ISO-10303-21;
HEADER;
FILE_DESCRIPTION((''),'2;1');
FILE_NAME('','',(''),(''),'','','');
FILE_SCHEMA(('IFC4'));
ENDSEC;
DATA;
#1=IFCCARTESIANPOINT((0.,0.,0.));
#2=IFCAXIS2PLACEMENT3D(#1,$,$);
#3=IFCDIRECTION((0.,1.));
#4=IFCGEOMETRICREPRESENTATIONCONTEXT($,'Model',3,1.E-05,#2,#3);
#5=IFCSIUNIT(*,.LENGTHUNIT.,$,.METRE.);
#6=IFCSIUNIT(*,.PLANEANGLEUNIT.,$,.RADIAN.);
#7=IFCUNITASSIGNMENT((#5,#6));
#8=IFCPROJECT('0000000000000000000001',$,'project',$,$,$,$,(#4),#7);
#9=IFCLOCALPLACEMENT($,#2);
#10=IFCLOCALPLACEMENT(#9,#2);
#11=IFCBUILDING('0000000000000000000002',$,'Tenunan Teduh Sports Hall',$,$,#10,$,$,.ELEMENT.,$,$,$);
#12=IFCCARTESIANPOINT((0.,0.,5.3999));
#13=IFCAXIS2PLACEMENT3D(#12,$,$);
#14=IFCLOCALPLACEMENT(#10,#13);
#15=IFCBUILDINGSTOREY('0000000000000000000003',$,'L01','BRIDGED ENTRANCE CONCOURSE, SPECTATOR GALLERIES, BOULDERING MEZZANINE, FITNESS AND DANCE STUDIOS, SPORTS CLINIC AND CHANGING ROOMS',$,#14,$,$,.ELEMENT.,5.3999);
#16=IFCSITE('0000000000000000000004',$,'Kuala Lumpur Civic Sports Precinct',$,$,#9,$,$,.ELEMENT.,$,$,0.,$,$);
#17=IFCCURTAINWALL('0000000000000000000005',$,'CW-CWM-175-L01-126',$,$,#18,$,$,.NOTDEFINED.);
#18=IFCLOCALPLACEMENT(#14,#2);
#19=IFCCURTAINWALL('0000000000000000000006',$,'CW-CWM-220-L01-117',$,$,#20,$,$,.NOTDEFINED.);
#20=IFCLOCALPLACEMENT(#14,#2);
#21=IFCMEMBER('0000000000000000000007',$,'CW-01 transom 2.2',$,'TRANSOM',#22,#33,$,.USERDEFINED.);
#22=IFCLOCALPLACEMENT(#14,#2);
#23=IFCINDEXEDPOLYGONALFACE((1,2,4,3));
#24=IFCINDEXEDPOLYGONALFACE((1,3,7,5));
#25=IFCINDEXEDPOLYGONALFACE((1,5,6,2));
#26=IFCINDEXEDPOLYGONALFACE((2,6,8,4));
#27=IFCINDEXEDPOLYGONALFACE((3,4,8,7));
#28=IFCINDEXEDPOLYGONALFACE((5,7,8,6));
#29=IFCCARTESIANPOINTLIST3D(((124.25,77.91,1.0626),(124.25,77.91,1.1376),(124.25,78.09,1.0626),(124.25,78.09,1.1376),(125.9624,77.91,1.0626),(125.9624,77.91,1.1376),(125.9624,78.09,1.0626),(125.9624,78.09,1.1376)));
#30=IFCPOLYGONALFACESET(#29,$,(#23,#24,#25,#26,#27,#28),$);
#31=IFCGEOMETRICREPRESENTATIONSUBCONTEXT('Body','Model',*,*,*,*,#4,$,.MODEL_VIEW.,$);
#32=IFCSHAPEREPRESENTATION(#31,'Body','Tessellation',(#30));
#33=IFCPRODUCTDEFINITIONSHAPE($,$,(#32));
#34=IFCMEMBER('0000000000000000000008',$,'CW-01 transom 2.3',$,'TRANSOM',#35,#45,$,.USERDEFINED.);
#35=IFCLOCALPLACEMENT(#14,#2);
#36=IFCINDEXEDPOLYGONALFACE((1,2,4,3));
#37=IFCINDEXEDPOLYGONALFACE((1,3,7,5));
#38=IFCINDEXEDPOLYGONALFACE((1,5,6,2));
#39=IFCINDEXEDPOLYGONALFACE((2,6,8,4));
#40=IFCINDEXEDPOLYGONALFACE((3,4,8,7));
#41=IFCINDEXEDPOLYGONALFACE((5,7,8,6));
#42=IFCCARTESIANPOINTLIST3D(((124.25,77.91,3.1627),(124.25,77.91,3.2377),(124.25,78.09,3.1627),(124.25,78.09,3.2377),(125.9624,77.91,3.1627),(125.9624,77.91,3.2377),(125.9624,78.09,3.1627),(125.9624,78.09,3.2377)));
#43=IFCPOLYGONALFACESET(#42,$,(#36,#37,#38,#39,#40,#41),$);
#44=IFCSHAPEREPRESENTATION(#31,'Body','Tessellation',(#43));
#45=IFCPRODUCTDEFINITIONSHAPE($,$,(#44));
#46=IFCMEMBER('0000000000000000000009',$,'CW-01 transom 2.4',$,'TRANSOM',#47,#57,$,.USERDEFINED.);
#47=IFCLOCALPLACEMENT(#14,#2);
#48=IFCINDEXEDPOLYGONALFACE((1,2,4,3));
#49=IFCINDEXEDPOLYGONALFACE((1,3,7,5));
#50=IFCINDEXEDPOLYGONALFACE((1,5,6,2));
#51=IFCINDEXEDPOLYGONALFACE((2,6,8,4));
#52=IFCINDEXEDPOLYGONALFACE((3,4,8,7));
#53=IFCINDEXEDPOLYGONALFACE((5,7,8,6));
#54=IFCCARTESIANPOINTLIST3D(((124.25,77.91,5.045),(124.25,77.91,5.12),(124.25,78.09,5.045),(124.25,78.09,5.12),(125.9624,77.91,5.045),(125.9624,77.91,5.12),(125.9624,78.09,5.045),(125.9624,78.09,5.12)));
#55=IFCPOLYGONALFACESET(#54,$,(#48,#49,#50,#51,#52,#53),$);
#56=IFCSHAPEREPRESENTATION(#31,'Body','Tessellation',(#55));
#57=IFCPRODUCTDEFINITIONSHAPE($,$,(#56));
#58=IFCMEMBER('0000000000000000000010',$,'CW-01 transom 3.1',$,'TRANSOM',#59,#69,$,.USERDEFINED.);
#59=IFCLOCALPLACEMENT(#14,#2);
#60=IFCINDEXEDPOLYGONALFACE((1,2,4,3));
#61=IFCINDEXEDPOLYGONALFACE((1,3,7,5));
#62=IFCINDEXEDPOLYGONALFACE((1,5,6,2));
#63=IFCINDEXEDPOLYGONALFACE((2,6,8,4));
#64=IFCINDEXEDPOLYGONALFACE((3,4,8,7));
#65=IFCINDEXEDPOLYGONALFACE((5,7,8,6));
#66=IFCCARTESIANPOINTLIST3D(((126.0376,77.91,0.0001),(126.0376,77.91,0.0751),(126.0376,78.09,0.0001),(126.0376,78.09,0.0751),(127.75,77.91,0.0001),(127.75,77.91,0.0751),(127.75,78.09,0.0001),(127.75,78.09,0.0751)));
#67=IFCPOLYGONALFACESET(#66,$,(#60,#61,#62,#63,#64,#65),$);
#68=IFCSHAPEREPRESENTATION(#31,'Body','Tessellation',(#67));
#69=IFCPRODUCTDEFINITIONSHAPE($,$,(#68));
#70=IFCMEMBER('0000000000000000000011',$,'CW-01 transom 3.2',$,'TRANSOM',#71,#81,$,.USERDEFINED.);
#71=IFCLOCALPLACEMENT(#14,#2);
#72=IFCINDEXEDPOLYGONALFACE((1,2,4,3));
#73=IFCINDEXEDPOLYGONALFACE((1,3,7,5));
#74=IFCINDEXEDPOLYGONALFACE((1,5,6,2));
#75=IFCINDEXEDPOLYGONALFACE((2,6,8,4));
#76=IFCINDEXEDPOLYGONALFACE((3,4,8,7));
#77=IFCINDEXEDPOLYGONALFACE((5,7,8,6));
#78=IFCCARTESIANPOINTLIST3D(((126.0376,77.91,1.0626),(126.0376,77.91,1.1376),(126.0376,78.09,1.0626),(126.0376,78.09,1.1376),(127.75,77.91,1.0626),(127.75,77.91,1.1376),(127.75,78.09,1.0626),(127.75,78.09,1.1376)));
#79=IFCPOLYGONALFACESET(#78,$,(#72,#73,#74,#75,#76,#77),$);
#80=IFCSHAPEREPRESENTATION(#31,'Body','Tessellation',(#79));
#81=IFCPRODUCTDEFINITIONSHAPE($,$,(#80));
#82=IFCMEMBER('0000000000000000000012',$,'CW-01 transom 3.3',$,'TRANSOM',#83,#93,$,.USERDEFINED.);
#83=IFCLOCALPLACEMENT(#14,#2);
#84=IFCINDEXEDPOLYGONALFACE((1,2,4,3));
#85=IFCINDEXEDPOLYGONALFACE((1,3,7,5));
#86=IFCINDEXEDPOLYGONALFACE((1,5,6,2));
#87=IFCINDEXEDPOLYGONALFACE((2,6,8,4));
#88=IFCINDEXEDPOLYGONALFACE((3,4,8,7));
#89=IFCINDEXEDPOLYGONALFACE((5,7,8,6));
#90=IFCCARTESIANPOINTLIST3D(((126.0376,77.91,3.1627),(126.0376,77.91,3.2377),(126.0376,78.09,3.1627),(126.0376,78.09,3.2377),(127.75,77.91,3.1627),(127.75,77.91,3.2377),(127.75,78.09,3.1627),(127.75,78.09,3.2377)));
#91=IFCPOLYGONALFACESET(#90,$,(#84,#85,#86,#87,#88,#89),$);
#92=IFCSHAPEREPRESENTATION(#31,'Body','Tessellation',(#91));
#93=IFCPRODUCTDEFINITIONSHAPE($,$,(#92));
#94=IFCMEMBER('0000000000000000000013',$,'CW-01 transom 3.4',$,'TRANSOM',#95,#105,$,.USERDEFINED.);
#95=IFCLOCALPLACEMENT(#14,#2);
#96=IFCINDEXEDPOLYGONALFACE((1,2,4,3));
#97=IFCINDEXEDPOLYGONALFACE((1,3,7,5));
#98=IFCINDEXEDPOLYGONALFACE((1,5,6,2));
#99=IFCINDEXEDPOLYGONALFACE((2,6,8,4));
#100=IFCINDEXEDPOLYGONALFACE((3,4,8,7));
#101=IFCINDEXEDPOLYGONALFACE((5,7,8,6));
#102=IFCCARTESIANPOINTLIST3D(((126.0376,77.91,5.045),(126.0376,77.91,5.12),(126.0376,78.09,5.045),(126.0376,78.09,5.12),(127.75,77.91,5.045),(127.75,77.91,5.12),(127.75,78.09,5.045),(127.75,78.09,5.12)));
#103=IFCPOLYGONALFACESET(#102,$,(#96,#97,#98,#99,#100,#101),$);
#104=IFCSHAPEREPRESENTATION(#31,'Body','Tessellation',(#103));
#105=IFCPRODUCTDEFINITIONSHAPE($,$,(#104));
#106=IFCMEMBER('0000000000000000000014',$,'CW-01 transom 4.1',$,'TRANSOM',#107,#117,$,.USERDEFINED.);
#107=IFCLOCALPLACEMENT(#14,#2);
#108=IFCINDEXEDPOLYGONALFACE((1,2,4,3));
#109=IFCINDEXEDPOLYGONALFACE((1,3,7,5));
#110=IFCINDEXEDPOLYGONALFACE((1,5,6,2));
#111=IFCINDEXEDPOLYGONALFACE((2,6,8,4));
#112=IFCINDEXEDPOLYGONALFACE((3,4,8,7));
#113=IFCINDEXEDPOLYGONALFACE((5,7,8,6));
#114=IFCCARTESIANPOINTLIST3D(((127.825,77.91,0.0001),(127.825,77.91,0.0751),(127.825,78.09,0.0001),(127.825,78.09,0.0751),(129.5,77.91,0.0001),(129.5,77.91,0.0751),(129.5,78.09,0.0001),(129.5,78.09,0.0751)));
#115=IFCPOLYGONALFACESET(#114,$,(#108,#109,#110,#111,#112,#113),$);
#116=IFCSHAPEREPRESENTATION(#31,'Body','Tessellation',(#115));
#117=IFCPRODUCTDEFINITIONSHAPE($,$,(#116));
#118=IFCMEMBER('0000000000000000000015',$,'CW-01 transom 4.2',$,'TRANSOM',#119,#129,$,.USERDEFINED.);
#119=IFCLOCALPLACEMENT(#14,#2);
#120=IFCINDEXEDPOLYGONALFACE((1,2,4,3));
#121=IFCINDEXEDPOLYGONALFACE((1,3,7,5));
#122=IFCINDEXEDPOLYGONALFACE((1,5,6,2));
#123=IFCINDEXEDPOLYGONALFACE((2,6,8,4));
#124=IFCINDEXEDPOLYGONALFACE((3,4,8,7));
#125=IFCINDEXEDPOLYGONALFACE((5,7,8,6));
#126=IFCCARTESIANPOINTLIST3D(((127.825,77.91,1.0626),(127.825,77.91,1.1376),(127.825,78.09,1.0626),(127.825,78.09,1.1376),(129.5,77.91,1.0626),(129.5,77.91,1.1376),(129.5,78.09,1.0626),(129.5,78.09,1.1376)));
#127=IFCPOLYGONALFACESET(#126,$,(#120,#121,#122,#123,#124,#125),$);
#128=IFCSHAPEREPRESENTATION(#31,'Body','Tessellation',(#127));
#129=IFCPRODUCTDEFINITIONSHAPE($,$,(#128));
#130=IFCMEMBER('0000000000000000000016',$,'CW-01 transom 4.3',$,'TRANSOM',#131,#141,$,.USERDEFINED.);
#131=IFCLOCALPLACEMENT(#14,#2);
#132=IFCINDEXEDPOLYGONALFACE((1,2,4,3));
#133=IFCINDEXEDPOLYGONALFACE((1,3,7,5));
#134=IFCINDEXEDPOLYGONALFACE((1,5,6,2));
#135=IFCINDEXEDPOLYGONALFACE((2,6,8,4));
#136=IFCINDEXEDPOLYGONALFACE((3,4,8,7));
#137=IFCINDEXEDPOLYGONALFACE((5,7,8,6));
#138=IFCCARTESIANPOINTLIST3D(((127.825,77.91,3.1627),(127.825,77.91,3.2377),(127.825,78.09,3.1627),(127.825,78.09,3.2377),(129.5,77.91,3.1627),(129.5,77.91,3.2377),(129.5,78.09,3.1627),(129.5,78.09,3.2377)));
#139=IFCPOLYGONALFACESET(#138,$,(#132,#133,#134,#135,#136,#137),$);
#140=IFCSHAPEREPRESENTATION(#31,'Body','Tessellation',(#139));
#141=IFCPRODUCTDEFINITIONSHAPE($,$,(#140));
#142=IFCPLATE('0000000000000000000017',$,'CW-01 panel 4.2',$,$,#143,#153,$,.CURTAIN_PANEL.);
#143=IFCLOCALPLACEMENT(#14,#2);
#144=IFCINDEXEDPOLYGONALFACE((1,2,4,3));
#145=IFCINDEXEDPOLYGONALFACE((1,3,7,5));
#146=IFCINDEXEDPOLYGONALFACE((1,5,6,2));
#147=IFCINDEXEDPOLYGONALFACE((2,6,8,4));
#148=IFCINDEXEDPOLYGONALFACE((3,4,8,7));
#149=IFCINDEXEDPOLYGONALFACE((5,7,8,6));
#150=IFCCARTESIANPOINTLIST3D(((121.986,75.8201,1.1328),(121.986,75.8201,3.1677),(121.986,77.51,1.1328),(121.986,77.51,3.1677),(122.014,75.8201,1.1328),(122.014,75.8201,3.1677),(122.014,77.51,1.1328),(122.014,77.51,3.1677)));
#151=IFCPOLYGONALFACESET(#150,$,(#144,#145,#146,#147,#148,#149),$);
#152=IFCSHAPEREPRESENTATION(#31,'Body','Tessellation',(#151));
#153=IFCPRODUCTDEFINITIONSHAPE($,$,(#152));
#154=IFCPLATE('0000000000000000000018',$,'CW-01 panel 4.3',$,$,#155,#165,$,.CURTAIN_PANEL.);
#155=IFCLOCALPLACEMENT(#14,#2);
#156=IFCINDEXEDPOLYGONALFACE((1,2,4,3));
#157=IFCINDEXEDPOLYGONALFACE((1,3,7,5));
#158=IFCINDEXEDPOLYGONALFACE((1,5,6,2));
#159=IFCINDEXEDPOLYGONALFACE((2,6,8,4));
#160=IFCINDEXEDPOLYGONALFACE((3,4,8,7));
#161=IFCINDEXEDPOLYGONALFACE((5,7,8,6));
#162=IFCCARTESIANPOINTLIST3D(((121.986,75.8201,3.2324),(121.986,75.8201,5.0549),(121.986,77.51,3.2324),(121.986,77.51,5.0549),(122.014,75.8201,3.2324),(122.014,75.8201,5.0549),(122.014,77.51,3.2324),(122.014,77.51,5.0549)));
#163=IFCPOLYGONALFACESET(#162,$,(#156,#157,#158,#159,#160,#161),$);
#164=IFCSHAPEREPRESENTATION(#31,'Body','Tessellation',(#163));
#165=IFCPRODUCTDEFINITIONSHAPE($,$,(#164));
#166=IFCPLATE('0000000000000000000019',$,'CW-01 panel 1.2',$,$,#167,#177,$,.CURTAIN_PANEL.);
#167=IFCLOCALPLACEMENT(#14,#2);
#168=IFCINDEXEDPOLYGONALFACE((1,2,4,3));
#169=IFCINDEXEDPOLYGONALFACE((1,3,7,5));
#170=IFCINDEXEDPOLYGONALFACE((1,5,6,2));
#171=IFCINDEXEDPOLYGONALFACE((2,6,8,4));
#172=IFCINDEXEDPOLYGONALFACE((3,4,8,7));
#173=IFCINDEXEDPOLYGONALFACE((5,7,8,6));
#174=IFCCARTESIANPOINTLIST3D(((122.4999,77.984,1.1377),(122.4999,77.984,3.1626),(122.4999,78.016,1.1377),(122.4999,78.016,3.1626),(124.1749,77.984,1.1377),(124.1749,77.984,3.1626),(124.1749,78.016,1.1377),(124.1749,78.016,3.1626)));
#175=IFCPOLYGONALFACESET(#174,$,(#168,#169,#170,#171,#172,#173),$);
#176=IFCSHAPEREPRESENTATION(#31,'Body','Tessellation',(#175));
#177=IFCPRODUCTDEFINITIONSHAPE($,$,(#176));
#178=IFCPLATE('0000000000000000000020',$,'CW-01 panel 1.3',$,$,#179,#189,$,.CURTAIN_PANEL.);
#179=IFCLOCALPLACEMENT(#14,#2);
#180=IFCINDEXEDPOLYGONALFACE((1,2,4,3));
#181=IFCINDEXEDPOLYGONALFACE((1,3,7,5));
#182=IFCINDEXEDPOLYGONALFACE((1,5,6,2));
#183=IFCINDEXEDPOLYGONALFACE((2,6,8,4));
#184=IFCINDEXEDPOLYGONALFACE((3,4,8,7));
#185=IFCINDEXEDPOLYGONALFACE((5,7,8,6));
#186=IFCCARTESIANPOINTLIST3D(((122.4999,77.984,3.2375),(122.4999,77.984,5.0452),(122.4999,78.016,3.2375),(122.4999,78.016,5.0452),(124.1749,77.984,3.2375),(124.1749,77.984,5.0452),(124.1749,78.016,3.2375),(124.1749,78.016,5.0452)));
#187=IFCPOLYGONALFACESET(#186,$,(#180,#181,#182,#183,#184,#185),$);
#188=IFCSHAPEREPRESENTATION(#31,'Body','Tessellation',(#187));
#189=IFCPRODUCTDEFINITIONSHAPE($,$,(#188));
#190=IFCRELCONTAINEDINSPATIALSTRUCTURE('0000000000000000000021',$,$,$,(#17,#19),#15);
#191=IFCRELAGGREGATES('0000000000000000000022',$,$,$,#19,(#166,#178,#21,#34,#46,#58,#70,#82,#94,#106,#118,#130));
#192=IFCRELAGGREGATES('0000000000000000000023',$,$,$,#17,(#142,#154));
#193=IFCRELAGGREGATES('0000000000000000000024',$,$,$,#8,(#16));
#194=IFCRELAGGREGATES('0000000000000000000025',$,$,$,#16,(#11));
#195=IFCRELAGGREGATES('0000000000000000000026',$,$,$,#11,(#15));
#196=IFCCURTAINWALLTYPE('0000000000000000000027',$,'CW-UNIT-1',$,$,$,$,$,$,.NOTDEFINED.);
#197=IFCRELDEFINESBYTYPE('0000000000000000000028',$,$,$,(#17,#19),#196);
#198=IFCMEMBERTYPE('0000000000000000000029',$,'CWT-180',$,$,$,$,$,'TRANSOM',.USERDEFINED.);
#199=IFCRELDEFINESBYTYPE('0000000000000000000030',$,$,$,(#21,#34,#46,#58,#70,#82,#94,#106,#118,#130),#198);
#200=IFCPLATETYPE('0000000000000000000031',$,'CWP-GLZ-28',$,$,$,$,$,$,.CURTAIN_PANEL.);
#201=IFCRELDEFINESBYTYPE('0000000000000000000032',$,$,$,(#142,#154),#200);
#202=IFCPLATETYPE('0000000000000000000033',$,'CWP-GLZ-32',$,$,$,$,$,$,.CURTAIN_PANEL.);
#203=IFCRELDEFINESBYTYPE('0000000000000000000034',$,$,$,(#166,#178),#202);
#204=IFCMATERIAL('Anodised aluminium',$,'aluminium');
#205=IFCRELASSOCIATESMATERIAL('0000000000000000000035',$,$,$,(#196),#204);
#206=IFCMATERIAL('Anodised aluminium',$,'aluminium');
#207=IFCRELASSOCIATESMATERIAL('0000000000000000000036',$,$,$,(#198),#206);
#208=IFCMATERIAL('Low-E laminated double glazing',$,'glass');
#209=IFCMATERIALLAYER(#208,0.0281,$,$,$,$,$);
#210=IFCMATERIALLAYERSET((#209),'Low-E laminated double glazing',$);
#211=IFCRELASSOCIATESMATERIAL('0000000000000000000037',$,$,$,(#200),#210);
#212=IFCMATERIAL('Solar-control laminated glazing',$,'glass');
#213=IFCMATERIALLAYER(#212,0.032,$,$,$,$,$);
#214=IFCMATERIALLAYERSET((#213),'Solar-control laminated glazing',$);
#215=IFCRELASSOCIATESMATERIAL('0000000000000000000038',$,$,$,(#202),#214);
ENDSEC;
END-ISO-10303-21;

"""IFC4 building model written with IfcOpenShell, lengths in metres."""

from ifc_helpers import new_model, si_unit, direction, frame, origin, origin_2d, place, context, subcontext, project, spatial, rectangle, extrude, material, layer, layer_set, material_profile, profile_set, type_object, element, aggregate, save


model = new_model("IFC4")

# Units and contexts
model_context = context("Model", 3, precision=1e-05, world=origin(), true_north=direction((0.0, 1.0)))
body_context = subcontext(model_context, "Body", "Model", "MODEL_VIEW")
ifc_project = project(units=[si_unit("LENGTHUNIT", "METRE"), si_unit("PLANEANGLEUNIT", "RADIAN")], contexts=[model_context])

# Site, building, storey
site_placement = place(None, origin())
site = spatial("IfcSite", under=ifc_project, at=site_placement, Name="Kuala Lumpur Civic Sports Precinct", CompositionType="ELEMENT", RefElevation=0.0)
building_placement = place(site_placement, origin())
building = spatial("IfcBuilding", under=site, at=building_placement, Name="Tenunan Teduh Sports Hall", CompositionType="ELEMENT")
storey_placement = place(building_placement, frame((0.0, 0.0, 5.3999)))
storey = spatial("IfcBuildingStorey", under=building, at=storey_placement, Name="L01", Description="BRIDGED ENTRANCE CONCOURSE, SPECTATOR GALLERIES, BOULDERING MEZZANINE, FITNESS AND DANCE STUDIOS, SPORTS CLINIC AND CHANGING ROOMS", CompositionType="ELEMENT", Elevation=5.3999)

# Curtain wall
ifc_material_1 = material(Name="Anodised aluminium", Category="aluminium")
curtain_wall_type = type_object("IfcCurtainWallType", Name="CW-UNIT-1", PredefinedType="NOTDEFINED", material=ifc_material_1)
curtain_wall_1_placement = place(storey_placement, origin())
curtain_wall_1 = element("IfcCurtainWall", 1, at=curtain_wall_1_placement, inside=storey, type_object=curtain_wall_type, Name="CW-CWM-175-L01-126", PredefinedType="NOTDEFINED")

# Curtain wall
curtain_wall_2_placement = place(storey_placement, origin())
curtain_wall_2 = element("IfcCurtainWall", 2, at=curtain_wall_2_placement, inside=storey, type_object=curtain_wall_type, Name="CW-CWM-220-L01-117", PredefinedType="NOTDEFINED")

# Members
ifc_material_2 = material(Name="Anodised aluminium", Category="aluminium")
ifc_material_profile_1 = material_profile(ifc_material_2, rectangle(XDim=0.075, YDim=0.1799, at=origin_2d()), Name="CWT 75x180")
ifc_profile_set_1 = profile_set([ifc_material_profile_1], Name="Anodised aluminium")
member_type_1 = type_object("IfcMemberType", Name="CWT-180", ElementType="TRANSOM", PredefinedType="USERDEFINED", material=ifc_profile_set_1)
member_1_placement = place(storey_placement, frame((124.25, 78.0, 1.1001), z_axis=(1.0, 0.0, 0.0), x_axis=(0.0, 0.0, 1.0)))
member_1 = element("IfcMember", 3, at=member_1_placement, type_object=member_type_1, Name="CW-01 transom 2.2", ObjectType="TRANSOM", PredefinedType="USERDEFINED", context=body_context, shape_type="SweptSolid", body=[
    extrude(rectangle(XDim=0.075, YDim=0.1799, at=origin_2d()), origin(), (0.0, 0.0, 1.0), 1.7124),
])
member_2_placement = place(storey_placement, frame((124.25, 78.0, 3.2002), z_axis=(1.0, 0.0, 0.0), x_axis=(0.0, 0.0, 1.0)))
member_2 = element("IfcMember", 4, at=member_2_placement, type_object=member_type_1, Name="CW-01 transom 2.3", ObjectType="TRANSOM", PredefinedType="USERDEFINED", context=body_context, shape_type="SweptSolid", body=[
    extrude(rectangle(XDim=0.075, YDim=0.1799, at=origin_2d()), origin(), (0.0, 0.0, 1.0), 1.7124),
])
member_3_placement = place(storey_placement, frame((124.25, 78.0, 5.0825), z_axis=(1.0, 0.0, 0.0), x_axis=(0.0, 0.0, 1.0)))
member_3 = element("IfcMember", 5, at=member_3_placement, type_object=member_type_1, Name="CW-01 transom 2.4", ObjectType="TRANSOM", PredefinedType="USERDEFINED", context=body_context, shape_type="SweptSolid", body=[
    extrude(rectangle(XDim=0.075, YDim=0.1799, at=origin_2d()), origin(), (0.0, 0.0, 1.0), 1.7124),
])
member_4_placement = place(storey_placement, frame((126.0376, 78.0, 0.0376), z_axis=(1.0, 0.0, 0.0), x_axis=(0.0, 0.0, 1.0)))
member_4 = element("IfcMember", 6, at=member_4_placement, type_object=member_type_1, Name="CW-01 transom 3.1", ObjectType="TRANSOM", PredefinedType="USERDEFINED", context=body_context, shape_type="SweptSolid", body=[
    extrude(rectangle(XDim=0.075, YDim=0.1799, at=origin_2d()), origin(), (0.0, 0.0, 1.0), 1.7124),
])
member_5_placement = place(storey_placement, frame((126.0376, 78.0, 1.1001), z_axis=(1.0, 0.0, 0.0), x_axis=(0.0, 0.0, 1.0)))
member_5 = element("IfcMember", 7, at=member_5_placement, type_object=member_type_1, Name="CW-01 transom 3.2", ObjectType="TRANSOM", PredefinedType="USERDEFINED", context=body_context, shape_type="SweptSolid", body=[
    extrude(rectangle(XDim=0.075, YDim=0.1799, at=origin_2d()), origin(), (0.0, 0.0, 1.0), 1.7124),
])
member_6_placement = place(storey_placement, frame((126.0376, 78.0, 3.2002), z_axis=(1.0, 0.0, 0.0), x_axis=(0.0, 0.0, 1.0)))
member_6 = element("IfcMember", 8, at=member_6_placement, type_object=member_type_1, Name="CW-01 transom 3.3", ObjectType="TRANSOM", PredefinedType="USERDEFINED", context=body_context, shape_type="SweptSolid", body=[
    extrude(rectangle(XDim=0.075, YDim=0.1799, at=origin_2d()), origin(), (0.0, 0.0, 1.0), 1.7124),
])
member_7_placement = place(storey_placement, frame((126.0376, 78.0, 5.0825), z_axis=(1.0, 0.0, 0.0), x_axis=(0.0, 0.0, 1.0)))
member_7 = element("IfcMember", 9, at=member_7_placement, type_object=member_type_1, Name="CW-01 transom 3.4", ObjectType="TRANSOM", PredefinedType="USERDEFINED", context=body_context, shape_type="SweptSolid", body=[
    extrude(rectangle(XDim=0.075, YDim=0.1799, at=origin_2d()), origin(), (0.0, 0.0, 1.0), 1.7124),
])
member_8_placement = place(storey_placement, frame((127.825, 78.0, 0.0376), z_axis=(1.0, 0.0, 0.0), x_axis=(0.0, 0.0, 1.0)))
member_8 = element("IfcMember", 10, at=member_8_placement, type_object=member_type_1, Name="CW-01 transom 4.1", ObjectType="TRANSOM", PredefinedType="USERDEFINED", context=body_context, shape_type="SweptSolid", body=[
    extrude(rectangle(XDim=0.075, YDim=0.1799, at=origin_2d()), origin(), (0.0, 0.0, 1.0), 1.675),
])
member_9_placement = place(storey_placement, frame((127.825, 78.0, 1.1001), z_axis=(1.0, 0.0, 0.0), x_axis=(0.0, 0.0, 1.0)))
member_9 = element("IfcMember", 11, at=member_9_placement, type_object=member_type_1, Name="CW-01 transom 4.2", ObjectType="TRANSOM", PredefinedType="USERDEFINED", context=body_context, shape_type="SweptSolid", body=[
    extrude(rectangle(XDim=0.075, YDim=0.1799, at=origin_2d()), origin(), (0.0, 0.0, 1.0), 1.675),
])
member_10_placement = place(storey_placement, frame((127.825, 78.0, 3.2002), z_axis=(1.0, 0.0, 0.0), x_axis=(0.0, 0.0, 1.0)))
member_10 = element("IfcMember", 12, at=member_10_placement, type_object=member_type_1, Name="CW-01 transom 4.3", ObjectType="TRANSOM", PredefinedType="USERDEFINED", context=body_context, shape_type="SweptSolid", body=[
    extrude(rectangle(XDim=0.075, YDim=0.1799, at=origin_2d()), origin(), (0.0, 0.0, 1.0), 1.675),
])

# Plates
ifc_material_3 = material(Name="Low-E laminated double glazing", Category="glass")
ifc_layer_1 = layer(ifc_material_3, 0.0281)
ifc_layer_set_1 = layer_set([ifc_layer_1], Name="Low-E laminated double glazing")
plate_type_1 = type_object("IfcPlateType", Name="CWP-GLZ-28", PredefinedType="CURTAIN_PANEL", material=ifc_layer_set_1)
plate_1_placement = place(storey_placement, frame((122.0, 76.665, 1.1328), z_axis=(0.0, 0.0, 1.0), x_axis=(0.0, 1.0, 0.0)))
plate_1 = element("IfcPlate", 13, at=plate_1_placement, type_object=plate_type_1, Name="CW-01 panel 4.2", PredefinedType="CURTAIN_PANEL", context=body_context, shape_type="SweptSolid", body=[
    extrude(rectangle(XDim=1.6899, YDim=0.0281, at=origin_2d()), origin(), (0.0, 0.0, 1.0), 2.0349),
])
plate_2_placement = place(storey_placement, frame((122.0, 76.665, 3.2324), z_axis=(0.0, 0.0, 1.0), x_axis=(0.0, 1.0, 0.0)))
plate_2 = element("IfcPlate", 14, at=plate_2_placement, type_object=plate_type_1, Name="CW-01 panel 4.3", PredefinedType="CURTAIN_PANEL", context=body_context, shape_type="SweptSolid", body=[
    extrude(rectangle(XDim=1.6899, YDim=0.0281, at=origin_2d()), origin(), (0.0, 0.0, 1.0), 1.8225),
])
ifc_material_4 = material(Name="Solar-control laminated glazing", Category="glass")
ifc_layer_2 = layer(ifc_material_4, 0.032)
ifc_layer_set_2 = layer_set([ifc_layer_2], Name="Solar-control laminated glazing")
plate_type_2 = type_object("IfcPlateType", Name="CWP-GLZ-32", PredefinedType="CURTAIN_PANEL", material=ifc_layer_set_2)
plate_3_placement = place(storey_placement, frame((123.3374, 78.0, 1.1377), z_axis=(0.0, 0.0, 1.0), x_axis=(1.0, 0.0, 0.0)))
plate_3 = element("IfcPlate", 15, at=plate_3_placement, type_object=plate_type_2, Name="CW-01 panel 1.2", PredefinedType="CURTAIN_PANEL", context=body_context, shape_type="SweptSolid", body=[
    extrude(rectangle(XDim=1.675, YDim=0.032, at=origin_2d()), origin(), (0.0, 0.0, 1.0), 2.0249),
])
plate_4_placement = place(storey_placement, frame((123.3374, 78.0, 3.2375), z_axis=(0.0, 0.0, 1.0), x_axis=(1.0, 0.0, 0.0)))
plate_4 = element("IfcPlate", 16, at=plate_4_placement, type_object=plate_type_2, Name="CW-01 panel 1.3", PredefinedType="CURTAIN_PANEL", context=body_context, shape_type="SweptSolid", body=[
    extrude(rectangle(XDim=1.675, YDim=0.032, at=origin_2d()), origin(), (0.0, 0.0, 1.0), 1.8076),
])
aggregate(curtain_wall_2, [plate_3, plate_4, member_1, member_2, member_3, member_4, member_5, member_6, member_7, member_8, member_9, member_10])
aggregate(curtain_wall_1, [plate_1, plate_2])

save(model, "model.ifc")
